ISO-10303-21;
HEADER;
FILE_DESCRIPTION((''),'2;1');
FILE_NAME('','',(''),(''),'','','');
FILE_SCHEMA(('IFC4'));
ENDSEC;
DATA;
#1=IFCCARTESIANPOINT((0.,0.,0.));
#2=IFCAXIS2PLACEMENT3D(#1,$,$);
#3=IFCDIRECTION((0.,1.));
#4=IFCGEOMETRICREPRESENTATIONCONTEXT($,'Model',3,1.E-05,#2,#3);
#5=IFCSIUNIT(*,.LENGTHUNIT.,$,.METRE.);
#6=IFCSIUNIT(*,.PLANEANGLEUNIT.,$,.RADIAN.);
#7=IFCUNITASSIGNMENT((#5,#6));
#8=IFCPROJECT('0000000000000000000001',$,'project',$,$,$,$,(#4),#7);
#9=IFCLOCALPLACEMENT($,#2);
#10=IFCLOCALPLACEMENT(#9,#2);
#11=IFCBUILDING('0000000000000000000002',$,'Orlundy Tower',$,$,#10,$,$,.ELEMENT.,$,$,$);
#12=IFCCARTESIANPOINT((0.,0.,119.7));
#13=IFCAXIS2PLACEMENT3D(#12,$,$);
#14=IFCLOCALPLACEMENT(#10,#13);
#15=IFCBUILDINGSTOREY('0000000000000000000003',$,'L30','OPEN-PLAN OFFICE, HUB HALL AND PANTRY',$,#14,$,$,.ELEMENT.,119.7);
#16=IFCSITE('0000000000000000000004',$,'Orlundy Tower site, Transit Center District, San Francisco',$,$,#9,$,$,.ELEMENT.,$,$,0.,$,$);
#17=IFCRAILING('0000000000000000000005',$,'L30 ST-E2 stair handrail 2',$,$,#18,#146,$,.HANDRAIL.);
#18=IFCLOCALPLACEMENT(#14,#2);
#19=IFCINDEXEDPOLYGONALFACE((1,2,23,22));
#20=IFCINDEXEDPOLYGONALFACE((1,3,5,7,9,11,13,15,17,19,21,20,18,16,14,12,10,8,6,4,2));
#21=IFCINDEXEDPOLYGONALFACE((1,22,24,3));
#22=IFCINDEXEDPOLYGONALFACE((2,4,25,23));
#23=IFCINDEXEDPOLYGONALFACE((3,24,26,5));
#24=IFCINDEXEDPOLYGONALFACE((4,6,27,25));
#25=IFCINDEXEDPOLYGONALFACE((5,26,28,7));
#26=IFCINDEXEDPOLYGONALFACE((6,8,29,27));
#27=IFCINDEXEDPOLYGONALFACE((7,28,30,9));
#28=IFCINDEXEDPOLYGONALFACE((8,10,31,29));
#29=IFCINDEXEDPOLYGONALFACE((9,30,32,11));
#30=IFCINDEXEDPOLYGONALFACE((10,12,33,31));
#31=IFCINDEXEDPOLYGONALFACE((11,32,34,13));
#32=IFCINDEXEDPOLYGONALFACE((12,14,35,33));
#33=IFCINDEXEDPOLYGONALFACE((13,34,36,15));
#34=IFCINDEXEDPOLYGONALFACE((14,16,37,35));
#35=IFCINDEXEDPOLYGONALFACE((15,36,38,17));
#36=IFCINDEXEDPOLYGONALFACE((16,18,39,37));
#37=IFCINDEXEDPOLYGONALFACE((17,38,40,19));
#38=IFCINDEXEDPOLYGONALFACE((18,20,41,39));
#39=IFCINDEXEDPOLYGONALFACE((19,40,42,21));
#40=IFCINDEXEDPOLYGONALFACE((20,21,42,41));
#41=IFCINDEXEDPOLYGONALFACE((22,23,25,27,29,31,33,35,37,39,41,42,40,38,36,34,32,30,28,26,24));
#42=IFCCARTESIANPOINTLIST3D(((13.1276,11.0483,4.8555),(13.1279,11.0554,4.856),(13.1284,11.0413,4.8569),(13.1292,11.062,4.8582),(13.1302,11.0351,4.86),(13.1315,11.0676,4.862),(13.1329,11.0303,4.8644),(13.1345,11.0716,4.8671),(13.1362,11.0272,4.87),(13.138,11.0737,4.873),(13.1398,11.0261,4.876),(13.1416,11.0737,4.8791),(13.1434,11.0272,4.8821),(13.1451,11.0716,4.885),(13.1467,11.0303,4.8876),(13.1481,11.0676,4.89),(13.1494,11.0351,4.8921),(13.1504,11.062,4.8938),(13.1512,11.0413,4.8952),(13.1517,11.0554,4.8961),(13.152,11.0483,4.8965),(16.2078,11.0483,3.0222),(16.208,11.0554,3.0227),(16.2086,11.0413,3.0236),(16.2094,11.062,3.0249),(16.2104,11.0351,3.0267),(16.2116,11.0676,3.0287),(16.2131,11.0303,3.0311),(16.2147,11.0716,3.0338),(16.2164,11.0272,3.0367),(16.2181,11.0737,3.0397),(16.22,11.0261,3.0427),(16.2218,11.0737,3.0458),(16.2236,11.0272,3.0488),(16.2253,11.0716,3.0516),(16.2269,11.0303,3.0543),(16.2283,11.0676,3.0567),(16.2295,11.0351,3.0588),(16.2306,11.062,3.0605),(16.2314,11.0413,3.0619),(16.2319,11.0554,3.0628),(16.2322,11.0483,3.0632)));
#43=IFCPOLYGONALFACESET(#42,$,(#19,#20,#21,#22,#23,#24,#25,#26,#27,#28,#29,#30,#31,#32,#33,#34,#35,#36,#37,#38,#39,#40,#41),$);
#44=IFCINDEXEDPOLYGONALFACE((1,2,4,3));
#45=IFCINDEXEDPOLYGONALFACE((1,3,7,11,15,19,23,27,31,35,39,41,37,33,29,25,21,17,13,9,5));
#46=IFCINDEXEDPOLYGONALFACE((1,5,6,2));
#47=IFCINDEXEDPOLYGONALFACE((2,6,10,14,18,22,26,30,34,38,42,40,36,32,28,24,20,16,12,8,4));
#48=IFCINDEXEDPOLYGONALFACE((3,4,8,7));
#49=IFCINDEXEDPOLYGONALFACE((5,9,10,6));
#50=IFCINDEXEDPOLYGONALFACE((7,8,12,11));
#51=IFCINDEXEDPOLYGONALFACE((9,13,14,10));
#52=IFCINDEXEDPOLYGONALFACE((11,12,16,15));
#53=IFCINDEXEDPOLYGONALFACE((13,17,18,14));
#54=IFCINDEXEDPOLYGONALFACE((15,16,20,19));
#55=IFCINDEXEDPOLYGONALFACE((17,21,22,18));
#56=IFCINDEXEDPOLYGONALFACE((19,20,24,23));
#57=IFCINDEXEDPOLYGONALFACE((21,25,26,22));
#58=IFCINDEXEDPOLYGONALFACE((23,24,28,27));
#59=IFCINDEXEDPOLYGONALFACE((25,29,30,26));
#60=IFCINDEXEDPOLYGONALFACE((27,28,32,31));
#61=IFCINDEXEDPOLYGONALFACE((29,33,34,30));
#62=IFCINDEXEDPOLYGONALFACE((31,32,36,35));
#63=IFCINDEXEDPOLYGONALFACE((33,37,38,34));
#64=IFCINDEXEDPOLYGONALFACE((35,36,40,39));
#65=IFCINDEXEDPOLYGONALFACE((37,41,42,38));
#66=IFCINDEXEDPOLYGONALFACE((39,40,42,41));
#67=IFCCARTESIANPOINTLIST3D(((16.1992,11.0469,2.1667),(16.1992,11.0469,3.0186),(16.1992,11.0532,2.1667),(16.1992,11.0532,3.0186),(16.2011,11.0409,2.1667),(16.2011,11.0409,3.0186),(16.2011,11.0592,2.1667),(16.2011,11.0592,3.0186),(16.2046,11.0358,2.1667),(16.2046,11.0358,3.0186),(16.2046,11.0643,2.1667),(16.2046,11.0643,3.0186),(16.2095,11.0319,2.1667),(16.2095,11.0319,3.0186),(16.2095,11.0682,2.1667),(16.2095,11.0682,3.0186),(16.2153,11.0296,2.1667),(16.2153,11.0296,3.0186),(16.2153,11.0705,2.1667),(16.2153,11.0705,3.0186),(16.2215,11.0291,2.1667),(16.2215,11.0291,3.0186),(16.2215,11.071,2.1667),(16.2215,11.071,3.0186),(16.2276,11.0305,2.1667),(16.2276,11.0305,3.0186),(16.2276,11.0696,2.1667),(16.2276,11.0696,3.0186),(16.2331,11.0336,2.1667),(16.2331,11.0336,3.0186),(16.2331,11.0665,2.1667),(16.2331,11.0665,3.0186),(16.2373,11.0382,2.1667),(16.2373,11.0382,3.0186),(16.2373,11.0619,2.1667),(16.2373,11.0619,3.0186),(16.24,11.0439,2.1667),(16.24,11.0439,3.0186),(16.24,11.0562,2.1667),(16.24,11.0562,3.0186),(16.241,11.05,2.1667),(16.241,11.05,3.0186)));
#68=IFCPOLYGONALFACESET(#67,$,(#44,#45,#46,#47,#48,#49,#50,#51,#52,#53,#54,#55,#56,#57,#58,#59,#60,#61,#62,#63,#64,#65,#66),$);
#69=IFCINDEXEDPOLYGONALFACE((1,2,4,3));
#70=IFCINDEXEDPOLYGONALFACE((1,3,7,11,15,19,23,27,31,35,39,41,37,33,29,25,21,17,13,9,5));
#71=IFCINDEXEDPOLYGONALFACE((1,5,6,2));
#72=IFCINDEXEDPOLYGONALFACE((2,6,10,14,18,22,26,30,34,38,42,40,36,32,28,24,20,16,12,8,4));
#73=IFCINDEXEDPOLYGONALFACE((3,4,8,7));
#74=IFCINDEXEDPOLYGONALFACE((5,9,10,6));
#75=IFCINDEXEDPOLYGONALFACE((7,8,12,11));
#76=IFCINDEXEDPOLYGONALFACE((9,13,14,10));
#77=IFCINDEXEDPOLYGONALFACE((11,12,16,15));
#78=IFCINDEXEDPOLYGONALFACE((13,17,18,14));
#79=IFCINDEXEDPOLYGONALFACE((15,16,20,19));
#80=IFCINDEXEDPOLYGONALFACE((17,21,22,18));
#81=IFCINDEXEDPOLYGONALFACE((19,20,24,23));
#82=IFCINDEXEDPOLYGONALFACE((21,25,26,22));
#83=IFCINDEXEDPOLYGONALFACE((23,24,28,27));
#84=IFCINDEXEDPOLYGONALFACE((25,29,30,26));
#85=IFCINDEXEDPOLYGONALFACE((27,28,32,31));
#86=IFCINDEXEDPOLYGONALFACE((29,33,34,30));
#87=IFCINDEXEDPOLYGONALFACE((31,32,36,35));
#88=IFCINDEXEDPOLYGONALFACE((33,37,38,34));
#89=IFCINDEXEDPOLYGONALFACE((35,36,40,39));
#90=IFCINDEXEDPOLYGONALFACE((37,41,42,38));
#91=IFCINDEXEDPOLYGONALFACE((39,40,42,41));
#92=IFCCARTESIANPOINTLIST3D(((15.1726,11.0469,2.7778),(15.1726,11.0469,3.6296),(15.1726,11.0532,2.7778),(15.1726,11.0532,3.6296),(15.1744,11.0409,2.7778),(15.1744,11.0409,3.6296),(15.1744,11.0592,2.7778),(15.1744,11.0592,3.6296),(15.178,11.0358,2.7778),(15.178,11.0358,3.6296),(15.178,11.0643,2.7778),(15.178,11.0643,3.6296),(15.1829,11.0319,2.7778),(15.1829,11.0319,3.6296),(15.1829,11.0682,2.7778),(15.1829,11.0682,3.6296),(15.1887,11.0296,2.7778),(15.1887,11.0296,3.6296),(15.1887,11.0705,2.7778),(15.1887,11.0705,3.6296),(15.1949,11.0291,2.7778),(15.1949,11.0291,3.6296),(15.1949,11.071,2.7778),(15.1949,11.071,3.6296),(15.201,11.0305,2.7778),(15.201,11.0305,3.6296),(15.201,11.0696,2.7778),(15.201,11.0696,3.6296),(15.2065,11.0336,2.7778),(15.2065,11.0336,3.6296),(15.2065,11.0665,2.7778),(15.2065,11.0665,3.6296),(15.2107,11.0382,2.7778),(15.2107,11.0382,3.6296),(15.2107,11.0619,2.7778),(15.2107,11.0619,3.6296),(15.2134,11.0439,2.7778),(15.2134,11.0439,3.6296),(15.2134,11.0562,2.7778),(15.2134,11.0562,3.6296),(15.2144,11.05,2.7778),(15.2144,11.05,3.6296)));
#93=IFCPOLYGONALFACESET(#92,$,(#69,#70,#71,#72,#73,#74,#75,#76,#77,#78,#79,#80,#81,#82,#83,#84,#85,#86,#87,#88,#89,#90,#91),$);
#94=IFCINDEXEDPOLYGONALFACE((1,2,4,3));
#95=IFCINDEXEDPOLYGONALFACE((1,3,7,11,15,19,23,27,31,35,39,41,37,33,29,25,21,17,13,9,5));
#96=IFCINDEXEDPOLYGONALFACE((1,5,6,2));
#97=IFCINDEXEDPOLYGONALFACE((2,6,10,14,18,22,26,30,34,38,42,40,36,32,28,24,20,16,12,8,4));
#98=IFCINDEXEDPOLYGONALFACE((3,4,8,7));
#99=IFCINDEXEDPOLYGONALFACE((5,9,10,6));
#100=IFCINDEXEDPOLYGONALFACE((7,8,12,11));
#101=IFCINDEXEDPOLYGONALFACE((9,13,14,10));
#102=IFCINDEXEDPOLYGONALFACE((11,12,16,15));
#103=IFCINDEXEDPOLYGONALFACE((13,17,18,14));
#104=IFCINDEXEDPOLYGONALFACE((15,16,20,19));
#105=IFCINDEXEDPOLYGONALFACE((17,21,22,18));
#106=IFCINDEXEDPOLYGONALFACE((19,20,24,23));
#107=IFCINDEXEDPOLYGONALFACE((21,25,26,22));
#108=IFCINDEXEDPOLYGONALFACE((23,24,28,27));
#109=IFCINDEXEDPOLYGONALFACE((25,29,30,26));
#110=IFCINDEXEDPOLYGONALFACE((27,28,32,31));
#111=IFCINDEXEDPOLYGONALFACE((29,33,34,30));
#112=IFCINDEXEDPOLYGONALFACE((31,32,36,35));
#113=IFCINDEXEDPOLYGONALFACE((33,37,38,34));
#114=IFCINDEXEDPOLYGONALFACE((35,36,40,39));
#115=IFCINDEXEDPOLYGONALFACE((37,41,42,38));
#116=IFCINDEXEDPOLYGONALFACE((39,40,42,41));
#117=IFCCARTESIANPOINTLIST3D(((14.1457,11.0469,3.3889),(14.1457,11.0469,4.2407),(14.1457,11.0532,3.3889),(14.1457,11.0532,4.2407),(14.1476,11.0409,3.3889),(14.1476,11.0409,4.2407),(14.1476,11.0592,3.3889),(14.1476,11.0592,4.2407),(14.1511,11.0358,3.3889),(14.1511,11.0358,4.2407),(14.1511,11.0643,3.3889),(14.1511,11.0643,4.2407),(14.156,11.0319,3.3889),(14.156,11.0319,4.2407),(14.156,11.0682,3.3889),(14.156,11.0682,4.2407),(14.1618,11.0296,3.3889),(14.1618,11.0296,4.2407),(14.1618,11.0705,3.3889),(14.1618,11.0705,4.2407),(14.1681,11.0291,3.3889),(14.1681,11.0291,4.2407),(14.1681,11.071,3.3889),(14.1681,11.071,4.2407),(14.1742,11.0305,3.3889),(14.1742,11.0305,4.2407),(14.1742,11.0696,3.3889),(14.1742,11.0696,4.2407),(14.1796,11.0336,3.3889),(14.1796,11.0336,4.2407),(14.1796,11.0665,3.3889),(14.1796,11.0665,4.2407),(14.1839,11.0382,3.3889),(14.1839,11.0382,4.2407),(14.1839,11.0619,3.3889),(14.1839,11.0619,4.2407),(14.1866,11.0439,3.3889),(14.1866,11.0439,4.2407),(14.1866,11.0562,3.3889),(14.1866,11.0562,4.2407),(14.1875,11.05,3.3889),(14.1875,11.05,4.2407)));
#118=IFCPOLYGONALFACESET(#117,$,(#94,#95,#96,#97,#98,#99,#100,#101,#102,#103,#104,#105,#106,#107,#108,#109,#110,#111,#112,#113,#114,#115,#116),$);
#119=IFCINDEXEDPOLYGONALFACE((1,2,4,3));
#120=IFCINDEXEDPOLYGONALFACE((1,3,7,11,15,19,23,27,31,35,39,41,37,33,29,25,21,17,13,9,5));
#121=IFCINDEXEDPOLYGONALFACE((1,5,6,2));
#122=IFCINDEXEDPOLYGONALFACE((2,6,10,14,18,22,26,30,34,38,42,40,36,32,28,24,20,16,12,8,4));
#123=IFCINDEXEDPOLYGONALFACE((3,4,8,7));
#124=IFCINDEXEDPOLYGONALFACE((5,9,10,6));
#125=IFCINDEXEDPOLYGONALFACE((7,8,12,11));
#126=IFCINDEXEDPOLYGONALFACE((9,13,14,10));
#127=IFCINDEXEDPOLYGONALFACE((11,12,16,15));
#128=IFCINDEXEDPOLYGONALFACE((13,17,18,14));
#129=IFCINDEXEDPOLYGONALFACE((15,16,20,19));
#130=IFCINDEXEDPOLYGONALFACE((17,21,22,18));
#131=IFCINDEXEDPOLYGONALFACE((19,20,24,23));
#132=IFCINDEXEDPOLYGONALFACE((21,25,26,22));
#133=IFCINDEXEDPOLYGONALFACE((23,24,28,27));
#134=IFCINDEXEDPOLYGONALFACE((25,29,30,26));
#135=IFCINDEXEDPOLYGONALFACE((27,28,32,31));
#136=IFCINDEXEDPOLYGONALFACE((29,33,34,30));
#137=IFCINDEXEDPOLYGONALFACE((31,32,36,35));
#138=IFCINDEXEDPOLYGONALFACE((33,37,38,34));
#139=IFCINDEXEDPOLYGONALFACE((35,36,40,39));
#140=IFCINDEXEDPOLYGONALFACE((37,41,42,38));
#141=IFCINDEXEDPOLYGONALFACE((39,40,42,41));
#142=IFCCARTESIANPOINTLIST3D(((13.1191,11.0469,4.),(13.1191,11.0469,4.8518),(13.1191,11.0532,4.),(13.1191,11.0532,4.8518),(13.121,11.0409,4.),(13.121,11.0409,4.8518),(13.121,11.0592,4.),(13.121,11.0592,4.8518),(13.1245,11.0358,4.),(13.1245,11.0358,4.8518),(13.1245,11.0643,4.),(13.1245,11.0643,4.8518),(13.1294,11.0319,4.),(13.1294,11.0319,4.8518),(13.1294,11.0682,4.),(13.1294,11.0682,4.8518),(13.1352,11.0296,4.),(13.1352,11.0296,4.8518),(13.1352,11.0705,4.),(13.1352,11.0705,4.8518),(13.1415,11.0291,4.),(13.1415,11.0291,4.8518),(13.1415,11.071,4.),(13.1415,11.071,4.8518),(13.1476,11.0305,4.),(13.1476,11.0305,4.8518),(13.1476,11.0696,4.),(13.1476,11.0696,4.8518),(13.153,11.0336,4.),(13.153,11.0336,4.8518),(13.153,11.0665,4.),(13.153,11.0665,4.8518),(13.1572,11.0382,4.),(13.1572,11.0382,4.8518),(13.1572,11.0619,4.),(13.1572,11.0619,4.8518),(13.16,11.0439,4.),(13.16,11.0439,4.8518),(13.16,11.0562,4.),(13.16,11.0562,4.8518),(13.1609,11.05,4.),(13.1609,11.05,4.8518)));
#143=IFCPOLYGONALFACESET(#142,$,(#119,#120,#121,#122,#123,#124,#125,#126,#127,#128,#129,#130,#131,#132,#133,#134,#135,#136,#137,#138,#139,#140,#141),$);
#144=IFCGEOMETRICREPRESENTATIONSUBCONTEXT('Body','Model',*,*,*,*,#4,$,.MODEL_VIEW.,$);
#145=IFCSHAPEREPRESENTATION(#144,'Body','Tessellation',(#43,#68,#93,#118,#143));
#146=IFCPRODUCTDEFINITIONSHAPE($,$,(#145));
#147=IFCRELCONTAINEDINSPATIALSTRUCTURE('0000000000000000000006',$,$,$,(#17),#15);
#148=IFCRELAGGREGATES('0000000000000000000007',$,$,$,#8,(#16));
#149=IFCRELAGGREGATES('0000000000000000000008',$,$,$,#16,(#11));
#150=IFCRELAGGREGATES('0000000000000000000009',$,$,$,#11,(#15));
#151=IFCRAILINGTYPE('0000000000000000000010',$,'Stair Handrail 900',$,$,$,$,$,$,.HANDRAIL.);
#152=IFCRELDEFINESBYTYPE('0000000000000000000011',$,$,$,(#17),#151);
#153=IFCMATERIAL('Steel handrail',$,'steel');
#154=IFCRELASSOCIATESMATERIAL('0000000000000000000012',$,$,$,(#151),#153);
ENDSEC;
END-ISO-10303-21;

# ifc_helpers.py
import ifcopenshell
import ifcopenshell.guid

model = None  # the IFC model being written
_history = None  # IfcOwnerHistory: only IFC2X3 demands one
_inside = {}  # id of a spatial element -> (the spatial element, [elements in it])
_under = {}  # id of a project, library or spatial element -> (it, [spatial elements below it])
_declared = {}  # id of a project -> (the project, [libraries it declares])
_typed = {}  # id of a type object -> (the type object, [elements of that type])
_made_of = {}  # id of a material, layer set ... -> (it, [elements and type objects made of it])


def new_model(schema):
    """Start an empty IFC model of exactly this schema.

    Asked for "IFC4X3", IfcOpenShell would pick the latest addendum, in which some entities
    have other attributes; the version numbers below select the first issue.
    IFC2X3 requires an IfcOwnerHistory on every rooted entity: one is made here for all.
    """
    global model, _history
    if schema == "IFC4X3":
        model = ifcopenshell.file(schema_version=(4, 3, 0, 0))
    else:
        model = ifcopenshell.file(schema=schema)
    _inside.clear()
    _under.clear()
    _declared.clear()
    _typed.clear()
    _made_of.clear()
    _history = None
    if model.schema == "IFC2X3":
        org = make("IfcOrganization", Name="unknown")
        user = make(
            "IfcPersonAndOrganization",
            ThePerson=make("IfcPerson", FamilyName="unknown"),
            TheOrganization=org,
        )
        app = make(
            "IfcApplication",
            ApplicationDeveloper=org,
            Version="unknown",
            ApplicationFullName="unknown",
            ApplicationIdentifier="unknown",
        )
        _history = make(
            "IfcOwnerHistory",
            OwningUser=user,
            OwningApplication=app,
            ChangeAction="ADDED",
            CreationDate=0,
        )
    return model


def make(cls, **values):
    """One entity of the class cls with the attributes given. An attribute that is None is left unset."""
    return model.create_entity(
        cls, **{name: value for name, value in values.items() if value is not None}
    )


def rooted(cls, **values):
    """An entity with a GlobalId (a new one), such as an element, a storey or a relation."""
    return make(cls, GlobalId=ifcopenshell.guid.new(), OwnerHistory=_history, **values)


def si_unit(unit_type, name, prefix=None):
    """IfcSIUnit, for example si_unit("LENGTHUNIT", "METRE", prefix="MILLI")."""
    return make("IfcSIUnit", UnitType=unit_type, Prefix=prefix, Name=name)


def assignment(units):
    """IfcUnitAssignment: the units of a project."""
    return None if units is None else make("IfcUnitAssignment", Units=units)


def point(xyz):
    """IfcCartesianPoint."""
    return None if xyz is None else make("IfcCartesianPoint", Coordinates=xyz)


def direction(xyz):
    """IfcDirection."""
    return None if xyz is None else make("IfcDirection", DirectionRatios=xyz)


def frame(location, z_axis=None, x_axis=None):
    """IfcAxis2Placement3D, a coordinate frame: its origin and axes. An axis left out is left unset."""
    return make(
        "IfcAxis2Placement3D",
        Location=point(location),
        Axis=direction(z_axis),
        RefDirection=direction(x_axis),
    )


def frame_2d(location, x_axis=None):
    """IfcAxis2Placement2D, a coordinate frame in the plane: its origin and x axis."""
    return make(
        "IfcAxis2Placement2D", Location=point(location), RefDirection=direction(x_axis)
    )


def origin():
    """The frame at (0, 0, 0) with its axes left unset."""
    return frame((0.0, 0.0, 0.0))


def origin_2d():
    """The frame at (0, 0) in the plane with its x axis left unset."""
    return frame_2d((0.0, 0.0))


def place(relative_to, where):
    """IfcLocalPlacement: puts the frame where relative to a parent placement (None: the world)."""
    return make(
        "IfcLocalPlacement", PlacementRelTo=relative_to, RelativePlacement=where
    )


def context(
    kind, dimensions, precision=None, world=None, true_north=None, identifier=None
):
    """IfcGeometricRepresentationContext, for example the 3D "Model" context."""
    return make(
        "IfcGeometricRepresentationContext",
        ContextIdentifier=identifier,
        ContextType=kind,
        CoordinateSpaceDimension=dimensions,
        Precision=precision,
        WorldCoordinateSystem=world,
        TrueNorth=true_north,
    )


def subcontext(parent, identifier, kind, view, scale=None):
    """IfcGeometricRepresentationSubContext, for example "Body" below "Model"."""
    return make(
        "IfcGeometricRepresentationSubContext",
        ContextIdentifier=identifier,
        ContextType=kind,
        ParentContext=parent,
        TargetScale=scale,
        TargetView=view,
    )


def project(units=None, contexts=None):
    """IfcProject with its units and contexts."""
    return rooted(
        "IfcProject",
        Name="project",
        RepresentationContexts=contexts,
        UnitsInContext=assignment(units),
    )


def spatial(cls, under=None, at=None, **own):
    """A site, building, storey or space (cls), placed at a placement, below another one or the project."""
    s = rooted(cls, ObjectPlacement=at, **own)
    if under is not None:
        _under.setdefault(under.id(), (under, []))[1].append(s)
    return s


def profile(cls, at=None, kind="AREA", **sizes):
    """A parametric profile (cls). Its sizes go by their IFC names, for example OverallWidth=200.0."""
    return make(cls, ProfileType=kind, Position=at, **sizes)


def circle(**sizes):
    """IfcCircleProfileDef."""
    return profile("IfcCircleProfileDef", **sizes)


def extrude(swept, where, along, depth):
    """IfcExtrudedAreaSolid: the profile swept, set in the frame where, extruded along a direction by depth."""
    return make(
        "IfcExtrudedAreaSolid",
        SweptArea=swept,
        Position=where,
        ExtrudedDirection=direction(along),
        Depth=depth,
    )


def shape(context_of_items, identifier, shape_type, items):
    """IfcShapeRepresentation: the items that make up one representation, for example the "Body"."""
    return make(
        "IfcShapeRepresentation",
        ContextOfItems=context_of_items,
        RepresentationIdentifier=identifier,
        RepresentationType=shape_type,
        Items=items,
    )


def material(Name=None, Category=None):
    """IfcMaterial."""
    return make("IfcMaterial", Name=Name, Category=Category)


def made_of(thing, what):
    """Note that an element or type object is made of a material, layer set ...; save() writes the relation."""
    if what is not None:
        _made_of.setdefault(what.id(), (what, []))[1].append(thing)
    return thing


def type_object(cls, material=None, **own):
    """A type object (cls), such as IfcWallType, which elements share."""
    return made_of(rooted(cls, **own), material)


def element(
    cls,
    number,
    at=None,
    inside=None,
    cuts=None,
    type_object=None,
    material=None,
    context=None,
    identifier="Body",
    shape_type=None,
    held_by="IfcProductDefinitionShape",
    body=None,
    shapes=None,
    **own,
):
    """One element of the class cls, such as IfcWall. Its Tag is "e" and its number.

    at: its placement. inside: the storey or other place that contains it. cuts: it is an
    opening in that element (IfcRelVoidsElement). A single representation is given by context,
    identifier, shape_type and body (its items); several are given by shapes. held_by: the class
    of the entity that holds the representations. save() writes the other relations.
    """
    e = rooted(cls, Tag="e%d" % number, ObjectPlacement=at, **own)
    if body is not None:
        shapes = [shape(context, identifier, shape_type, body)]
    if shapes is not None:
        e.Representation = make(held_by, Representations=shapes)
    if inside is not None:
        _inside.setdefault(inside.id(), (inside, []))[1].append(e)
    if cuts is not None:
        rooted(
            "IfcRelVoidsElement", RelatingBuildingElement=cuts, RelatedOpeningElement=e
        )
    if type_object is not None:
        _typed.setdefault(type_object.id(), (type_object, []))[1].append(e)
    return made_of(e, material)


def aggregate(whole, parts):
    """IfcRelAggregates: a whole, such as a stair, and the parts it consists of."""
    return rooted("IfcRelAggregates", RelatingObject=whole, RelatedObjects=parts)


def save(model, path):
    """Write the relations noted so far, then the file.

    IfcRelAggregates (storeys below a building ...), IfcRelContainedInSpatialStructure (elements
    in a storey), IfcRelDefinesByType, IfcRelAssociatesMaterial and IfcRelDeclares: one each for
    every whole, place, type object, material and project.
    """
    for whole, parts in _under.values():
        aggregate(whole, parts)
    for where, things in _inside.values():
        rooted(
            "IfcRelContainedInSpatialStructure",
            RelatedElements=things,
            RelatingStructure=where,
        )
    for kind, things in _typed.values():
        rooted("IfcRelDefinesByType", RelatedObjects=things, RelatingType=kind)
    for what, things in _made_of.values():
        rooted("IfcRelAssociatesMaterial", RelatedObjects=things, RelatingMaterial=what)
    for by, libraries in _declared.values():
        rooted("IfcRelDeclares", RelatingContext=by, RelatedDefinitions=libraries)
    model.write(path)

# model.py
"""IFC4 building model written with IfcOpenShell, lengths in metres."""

from ifc_helpers import new_model, si_unit, direction, frame, origin, origin_2d, place, context, subcontext, project, spatial, circle, extrude, material, type_object, element, save


model = new_model("IFC4")

# Units and contexts
model_context = context("Model", 3, precision=1e-05, world=origin(), true_north=direction((0.0, 1.0)))
body_context = subcontext(model_context, "Body", "Model", "MODEL_VIEW")
ifc_project = project(units=[si_unit("LENGTHUNIT", "METRE"), si_unit("PLANEANGLEUNIT", "RADIAN")], contexts=[model_context])

# Site, building, storey
site_placement = place(None, origin())
site = spatial("IfcSite", under=ifc_project, at=site_placement, Name="Orlundy Tower site, Transit Center District, San Francisco", CompositionType="ELEMENT", RefElevation=0.0)
building_placement = place(site_placement, origin())
building = spatial("IfcBuilding", under=site, at=building_placement, Name="Orlundy Tower", CompositionType="ELEMENT")
storey_placement = place(building_placement, frame((0.0, 0.0, 119.7)))
storey = spatial("IfcBuildingStorey", under=building, at=storey_placement, Name="L30", Description="OPEN-PLAN OFFICE, HUB HALL AND PANTRY", CompositionType="ELEMENT", Elevation=119.7)

# Railing
ifc_material_1 = material(Name="Steel handrail", Category="steel")
railing_type_1 = type_object("IfcRailingType", Name="Stair Handrail 900", PredefinedType="HANDRAIL", material=ifc_material_1)
railing_1_placement = place(storey_placement, frame((16.22, 11.05, 2.1667)))
element("IfcRailing", 1, at=railing_1_placement, inside=storey, type_object=railing_type_1, Name="L30 ST-E2 stair handrail 2", PredefinedType="HANDRAIL", context=body_context, shape_type="SweptSolid", body=[
    extrude(circle(Radius=0.0239, at=origin_2d()), frame((0.0, 0.0, 0.876), z_axis=(-0.859309, 0.0, 0.511458), x_axis=(0.0, -1.0, 0.0)), (0.0, 0.0, 1.0), 3.5845),
    extrude(circle(Radius=0.021, at=origin_2d()), origin(), (0.0, 0.0, 1.0), 0.8518),
    extrude(circle(Radius=0.021, at=origin_2d()), frame((-1.0266, 0.0, 0.6111)), (0.0, 0.0, 1.0), 0.8518),
    extrude(circle(Radius=0.021, at=origin_2d()), frame((-2.0535, 0.0, 1.2222)), (0.0, 0.0, 1.0), 0.8518),
    extrude(circle(Radius=0.021, at=origin_2d()), frame((-3.0801, 0.0, 1.8333)), (0.0, 0.0, 1.0), 0.8518),
])

save(model, "model.ifc")
